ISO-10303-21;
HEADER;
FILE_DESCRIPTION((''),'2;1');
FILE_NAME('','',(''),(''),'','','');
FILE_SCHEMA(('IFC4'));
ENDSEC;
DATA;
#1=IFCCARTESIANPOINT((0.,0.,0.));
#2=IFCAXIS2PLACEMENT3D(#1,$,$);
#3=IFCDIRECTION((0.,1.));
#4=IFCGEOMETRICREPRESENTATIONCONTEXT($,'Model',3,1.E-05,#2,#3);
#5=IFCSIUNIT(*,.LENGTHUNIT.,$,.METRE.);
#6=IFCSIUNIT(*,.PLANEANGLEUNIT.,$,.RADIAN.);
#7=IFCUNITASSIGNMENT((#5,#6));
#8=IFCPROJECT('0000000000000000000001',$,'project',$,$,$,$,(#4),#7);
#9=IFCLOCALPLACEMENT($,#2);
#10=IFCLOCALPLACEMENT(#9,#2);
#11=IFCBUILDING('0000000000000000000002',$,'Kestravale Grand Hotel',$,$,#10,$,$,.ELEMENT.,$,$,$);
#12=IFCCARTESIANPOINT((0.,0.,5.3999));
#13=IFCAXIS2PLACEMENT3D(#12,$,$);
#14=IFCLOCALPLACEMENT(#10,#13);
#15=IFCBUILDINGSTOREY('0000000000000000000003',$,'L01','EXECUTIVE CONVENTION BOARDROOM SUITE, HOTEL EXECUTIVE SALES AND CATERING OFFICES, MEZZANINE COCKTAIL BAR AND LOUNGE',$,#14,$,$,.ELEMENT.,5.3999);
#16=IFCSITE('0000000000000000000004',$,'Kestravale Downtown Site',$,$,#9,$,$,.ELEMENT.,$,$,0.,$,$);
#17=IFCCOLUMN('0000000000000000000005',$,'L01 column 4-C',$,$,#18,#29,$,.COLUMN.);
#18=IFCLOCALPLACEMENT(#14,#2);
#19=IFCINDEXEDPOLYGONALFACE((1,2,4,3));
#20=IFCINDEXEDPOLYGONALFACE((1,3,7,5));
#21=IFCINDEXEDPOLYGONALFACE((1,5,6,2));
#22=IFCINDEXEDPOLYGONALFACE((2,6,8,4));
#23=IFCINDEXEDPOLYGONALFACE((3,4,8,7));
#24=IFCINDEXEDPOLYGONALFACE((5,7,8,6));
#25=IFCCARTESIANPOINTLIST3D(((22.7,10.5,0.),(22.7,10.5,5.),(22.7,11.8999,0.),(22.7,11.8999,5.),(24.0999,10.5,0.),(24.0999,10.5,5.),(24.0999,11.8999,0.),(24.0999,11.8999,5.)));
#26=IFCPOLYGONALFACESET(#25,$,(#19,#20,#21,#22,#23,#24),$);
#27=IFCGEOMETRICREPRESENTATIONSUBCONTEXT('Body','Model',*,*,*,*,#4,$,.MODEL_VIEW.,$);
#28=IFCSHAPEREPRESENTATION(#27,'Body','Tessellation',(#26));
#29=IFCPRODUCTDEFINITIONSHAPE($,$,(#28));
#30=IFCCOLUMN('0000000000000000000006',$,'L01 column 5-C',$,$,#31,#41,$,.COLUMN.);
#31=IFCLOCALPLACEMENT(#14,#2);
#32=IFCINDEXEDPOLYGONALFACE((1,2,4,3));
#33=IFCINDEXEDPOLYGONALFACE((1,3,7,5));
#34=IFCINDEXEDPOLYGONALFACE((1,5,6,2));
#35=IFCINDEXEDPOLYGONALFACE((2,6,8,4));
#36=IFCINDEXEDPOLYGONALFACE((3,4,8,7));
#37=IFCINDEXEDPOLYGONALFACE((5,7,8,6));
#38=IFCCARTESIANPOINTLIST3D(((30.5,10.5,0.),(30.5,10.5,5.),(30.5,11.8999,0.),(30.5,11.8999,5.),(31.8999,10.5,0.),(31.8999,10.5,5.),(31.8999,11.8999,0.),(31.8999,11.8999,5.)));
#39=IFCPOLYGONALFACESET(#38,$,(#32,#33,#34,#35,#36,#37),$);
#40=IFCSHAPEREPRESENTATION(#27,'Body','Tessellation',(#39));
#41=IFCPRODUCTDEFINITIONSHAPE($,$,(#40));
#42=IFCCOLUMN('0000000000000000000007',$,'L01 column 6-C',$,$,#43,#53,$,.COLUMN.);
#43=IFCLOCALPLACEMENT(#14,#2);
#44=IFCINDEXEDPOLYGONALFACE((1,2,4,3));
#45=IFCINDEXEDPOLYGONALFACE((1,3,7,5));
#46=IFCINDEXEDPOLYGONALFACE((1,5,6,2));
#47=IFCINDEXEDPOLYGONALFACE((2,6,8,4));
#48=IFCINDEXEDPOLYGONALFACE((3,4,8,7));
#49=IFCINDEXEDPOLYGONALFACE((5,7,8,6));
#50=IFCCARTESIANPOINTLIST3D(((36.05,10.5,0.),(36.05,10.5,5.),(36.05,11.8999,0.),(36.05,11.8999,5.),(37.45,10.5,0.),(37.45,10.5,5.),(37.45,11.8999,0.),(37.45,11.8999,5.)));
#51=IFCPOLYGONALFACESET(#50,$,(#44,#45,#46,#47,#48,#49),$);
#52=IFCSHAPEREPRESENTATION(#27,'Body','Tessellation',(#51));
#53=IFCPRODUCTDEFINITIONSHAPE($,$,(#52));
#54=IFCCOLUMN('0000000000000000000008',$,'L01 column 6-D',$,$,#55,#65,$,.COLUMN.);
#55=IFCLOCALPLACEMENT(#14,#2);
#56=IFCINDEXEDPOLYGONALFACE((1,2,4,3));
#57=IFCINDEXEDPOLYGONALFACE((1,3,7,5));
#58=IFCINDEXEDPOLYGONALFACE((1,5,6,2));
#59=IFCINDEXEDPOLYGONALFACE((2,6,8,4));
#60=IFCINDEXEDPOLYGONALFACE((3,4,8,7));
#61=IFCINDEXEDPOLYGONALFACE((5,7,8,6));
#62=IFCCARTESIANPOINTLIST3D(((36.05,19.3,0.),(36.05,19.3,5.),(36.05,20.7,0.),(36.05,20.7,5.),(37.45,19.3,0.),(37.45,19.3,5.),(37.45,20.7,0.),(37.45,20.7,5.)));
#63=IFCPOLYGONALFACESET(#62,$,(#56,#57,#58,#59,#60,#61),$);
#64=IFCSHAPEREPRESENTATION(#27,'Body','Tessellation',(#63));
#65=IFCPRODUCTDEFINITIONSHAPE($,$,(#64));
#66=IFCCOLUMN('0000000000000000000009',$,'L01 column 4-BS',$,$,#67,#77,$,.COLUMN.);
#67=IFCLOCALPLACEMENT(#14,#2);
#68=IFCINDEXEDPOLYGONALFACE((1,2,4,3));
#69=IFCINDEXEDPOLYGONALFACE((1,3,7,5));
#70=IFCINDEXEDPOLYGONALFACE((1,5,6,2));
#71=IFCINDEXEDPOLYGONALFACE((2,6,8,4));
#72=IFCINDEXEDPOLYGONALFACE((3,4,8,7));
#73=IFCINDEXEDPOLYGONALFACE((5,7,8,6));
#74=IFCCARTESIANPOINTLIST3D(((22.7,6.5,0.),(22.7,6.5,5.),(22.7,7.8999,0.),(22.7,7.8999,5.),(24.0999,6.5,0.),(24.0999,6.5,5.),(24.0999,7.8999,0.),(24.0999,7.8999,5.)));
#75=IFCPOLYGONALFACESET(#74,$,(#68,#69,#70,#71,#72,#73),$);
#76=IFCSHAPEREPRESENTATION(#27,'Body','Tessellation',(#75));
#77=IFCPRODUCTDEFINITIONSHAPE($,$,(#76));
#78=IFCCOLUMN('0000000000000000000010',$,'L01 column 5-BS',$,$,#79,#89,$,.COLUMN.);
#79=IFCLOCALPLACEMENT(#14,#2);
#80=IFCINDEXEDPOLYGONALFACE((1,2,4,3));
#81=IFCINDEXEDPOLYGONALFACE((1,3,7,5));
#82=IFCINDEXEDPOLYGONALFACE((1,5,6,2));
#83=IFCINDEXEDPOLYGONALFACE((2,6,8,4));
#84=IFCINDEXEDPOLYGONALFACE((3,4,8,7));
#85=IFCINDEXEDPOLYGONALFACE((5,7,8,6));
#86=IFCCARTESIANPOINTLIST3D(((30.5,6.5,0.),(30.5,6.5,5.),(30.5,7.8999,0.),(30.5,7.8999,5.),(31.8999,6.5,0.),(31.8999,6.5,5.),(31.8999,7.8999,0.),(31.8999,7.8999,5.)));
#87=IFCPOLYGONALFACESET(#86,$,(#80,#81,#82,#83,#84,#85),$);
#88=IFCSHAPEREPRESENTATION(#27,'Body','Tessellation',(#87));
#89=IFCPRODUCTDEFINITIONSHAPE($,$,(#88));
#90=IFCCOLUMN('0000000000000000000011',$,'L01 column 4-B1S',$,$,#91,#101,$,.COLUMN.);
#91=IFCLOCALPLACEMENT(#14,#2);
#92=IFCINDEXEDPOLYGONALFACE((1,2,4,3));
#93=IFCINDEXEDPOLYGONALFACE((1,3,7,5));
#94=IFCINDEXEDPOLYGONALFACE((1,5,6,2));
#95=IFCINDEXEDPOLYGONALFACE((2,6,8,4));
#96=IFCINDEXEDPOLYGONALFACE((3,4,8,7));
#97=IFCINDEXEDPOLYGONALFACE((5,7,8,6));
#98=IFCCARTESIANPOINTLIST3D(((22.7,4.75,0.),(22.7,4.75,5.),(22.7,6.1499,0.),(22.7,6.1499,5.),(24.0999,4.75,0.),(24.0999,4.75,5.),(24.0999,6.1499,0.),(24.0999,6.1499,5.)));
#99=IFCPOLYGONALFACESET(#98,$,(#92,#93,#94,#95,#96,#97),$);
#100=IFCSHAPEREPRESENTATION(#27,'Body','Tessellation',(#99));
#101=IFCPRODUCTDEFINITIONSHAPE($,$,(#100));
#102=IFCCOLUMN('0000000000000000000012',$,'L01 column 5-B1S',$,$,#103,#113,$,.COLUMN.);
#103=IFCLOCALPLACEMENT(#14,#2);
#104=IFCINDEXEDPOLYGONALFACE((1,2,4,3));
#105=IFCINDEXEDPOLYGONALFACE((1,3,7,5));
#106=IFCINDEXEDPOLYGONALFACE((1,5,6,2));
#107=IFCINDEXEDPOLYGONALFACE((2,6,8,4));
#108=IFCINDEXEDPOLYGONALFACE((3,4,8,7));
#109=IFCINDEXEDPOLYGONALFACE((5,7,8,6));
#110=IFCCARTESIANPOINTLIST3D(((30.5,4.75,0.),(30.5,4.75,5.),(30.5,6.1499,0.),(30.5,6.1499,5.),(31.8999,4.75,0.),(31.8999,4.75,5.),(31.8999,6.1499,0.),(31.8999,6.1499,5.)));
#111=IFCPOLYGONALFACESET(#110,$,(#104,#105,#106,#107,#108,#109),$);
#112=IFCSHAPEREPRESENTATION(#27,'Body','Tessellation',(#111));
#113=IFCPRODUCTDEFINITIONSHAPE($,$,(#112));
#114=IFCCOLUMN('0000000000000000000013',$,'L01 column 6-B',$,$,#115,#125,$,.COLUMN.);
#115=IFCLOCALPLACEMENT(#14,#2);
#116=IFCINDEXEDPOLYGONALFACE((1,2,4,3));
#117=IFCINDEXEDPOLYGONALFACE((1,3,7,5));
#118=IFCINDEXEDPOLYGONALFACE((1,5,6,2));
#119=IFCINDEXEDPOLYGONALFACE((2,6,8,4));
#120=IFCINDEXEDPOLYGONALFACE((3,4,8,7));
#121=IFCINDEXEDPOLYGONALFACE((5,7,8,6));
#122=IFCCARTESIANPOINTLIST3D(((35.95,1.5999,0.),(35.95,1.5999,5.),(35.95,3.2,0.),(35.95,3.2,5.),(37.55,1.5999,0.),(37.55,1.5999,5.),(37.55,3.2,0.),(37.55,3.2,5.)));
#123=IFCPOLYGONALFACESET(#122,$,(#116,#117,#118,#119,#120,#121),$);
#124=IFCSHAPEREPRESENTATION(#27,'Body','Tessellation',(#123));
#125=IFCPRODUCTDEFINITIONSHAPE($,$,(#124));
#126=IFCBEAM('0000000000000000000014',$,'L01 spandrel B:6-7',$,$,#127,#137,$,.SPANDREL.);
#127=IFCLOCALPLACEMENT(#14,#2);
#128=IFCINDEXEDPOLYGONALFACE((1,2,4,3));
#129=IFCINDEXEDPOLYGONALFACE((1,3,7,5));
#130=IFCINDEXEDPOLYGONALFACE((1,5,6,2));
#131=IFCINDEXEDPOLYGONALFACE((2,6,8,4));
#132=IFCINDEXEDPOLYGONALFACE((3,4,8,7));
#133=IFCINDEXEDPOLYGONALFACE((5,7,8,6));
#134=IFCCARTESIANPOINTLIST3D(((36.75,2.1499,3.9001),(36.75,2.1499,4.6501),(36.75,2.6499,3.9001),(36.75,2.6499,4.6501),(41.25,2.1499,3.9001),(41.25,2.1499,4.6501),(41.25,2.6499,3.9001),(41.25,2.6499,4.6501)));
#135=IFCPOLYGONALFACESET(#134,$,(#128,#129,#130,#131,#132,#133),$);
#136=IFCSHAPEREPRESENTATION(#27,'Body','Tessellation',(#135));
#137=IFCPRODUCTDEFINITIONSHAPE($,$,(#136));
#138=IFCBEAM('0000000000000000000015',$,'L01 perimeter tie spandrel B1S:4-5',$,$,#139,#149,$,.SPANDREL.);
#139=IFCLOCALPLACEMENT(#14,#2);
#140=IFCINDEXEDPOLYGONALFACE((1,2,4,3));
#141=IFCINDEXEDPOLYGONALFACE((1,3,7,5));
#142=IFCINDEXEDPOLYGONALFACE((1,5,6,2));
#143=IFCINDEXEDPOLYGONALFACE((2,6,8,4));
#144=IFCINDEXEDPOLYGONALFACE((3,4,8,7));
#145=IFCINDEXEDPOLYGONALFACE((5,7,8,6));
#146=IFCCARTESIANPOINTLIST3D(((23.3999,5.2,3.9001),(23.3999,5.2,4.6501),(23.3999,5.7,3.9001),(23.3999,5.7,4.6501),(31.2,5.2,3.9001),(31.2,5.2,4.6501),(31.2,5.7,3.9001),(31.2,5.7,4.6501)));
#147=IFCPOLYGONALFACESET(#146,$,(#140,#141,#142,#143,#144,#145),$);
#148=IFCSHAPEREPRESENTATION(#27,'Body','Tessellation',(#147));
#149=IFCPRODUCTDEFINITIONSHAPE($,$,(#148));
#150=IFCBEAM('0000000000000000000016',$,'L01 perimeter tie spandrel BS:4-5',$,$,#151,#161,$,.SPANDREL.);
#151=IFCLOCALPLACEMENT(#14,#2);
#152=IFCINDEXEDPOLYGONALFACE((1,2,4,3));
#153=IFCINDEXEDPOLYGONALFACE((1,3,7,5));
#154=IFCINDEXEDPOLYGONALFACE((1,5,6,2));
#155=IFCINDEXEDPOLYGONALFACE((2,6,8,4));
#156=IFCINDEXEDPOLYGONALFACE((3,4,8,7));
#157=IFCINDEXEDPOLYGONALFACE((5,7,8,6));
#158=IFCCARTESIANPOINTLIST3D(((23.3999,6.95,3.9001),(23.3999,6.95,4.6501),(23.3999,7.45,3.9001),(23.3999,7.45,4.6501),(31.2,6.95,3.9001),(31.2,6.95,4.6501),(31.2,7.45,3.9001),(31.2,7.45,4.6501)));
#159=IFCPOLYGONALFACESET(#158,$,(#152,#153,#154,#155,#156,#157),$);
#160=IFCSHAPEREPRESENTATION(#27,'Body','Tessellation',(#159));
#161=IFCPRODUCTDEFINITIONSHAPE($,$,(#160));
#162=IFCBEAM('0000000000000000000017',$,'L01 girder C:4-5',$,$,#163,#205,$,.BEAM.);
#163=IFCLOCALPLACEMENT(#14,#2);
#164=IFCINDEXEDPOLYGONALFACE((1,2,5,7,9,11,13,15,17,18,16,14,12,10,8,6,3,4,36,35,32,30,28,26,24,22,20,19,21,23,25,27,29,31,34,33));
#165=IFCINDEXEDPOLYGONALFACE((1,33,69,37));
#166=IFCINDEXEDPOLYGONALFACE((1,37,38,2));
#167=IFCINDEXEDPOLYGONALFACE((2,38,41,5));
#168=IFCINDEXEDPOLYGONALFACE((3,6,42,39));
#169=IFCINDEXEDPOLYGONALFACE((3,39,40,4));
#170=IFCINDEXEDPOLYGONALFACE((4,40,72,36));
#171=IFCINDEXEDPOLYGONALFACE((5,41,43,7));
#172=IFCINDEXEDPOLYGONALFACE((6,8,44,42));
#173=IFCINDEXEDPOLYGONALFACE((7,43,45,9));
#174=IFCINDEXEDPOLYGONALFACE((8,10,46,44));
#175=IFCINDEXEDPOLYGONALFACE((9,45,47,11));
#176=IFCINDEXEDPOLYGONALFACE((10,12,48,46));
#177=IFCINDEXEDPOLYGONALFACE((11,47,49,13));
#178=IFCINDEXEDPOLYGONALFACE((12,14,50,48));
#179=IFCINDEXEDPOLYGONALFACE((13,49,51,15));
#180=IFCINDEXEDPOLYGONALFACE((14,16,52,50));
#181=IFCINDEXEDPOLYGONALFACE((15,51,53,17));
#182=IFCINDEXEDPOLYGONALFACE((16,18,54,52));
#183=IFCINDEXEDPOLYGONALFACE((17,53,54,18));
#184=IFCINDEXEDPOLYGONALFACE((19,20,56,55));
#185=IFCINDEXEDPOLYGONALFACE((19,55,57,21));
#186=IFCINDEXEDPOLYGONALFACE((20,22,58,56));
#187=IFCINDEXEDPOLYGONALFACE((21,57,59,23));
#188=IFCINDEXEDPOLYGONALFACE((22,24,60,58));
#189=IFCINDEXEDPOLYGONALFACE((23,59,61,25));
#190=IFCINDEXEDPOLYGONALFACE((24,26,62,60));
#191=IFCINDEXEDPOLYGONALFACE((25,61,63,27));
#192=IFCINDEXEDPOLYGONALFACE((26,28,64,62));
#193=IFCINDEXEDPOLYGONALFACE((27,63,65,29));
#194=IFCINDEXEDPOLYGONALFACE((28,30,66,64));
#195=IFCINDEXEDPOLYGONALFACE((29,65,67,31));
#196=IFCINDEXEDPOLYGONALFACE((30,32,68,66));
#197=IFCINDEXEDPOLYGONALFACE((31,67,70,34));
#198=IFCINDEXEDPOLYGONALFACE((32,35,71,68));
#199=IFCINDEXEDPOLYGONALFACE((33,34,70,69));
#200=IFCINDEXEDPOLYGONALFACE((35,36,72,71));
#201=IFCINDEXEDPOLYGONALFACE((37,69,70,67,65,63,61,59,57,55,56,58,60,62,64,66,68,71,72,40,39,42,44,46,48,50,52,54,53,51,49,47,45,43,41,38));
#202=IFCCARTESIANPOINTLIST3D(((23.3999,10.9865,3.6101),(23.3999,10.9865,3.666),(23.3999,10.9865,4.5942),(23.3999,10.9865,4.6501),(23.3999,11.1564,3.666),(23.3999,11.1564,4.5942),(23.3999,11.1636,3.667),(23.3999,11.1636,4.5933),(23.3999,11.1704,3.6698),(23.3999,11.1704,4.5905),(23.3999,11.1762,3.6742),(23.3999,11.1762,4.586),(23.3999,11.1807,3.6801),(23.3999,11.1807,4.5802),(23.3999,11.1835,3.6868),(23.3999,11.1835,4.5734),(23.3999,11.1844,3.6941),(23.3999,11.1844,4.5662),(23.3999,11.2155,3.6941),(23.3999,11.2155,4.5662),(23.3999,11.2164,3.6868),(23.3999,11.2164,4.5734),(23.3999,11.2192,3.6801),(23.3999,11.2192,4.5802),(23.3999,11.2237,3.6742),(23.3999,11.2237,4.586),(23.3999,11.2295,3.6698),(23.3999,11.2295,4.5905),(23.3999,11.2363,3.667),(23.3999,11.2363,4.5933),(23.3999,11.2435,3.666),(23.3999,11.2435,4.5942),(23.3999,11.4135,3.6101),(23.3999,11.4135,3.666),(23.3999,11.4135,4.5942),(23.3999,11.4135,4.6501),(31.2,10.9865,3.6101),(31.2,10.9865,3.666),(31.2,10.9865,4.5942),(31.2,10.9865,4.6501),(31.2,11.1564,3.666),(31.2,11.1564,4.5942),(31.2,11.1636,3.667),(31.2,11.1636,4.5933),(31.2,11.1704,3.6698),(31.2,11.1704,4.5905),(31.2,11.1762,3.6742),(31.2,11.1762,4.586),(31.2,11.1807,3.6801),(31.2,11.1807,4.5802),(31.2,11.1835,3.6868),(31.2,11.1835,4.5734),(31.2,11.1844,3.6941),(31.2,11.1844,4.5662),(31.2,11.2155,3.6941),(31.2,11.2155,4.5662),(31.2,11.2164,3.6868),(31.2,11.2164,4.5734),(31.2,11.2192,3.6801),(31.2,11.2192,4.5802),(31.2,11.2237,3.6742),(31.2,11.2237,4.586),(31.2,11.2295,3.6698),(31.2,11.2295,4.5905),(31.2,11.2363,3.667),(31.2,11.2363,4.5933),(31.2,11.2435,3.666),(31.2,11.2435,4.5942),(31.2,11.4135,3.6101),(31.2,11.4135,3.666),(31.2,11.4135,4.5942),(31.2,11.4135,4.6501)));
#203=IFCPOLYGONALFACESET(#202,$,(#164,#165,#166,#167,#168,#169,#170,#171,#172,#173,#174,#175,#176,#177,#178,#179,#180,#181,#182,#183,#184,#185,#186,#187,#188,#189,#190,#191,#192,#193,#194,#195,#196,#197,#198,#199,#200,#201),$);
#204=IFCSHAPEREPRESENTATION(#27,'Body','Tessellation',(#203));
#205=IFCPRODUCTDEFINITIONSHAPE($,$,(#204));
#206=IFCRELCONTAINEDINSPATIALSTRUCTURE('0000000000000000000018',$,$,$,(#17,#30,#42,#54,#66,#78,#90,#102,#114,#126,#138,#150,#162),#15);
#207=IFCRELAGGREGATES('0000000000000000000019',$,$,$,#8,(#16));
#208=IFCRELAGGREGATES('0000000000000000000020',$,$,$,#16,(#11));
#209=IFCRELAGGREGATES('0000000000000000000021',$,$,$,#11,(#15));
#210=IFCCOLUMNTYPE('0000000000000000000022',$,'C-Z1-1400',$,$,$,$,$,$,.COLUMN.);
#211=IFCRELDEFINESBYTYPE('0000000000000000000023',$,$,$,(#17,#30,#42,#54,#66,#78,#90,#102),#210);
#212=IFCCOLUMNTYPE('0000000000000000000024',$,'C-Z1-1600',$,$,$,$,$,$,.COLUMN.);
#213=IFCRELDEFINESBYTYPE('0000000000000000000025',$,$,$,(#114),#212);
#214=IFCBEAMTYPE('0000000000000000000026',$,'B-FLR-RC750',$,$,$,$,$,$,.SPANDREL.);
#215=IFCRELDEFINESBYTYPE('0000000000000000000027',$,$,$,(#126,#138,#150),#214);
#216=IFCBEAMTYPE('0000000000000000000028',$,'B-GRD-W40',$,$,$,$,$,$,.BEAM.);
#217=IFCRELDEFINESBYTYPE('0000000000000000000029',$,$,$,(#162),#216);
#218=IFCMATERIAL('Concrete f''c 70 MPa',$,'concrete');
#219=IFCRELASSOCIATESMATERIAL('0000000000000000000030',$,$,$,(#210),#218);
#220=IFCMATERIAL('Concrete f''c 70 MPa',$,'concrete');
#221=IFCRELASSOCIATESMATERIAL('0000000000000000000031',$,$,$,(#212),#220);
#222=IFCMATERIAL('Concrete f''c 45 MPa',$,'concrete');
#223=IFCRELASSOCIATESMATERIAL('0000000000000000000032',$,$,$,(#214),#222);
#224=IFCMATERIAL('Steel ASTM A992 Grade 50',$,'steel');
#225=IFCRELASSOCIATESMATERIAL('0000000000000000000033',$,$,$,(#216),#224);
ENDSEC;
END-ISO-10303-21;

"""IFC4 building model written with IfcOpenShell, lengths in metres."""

from ifc_helpers import new_model, si_unit, direction, frame, origin, origin_2d, place, context, subcontext, project, spatial, rectangle, i_section, extrude, material, material_profile, profile_set, type_object, element, save


model = new_model("IFC4")

# Units and contexts
model_context = context("Model", 3, precision=1e-05, world=origin(), true_north=direction((0.0, 1.0)))
body_context = subcontext(model_context, "Body", "Model", "MODEL_VIEW")
ifc_project = project(units=[si_unit("LENGTHUNIT", "METRE"), si_unit("PLANEANGLEUNIT", "RADIAN")], contexts=[model_context])

# Site, building, storey
site_placement = place(None, origin())
site = spatial("IfcSite", under=ifc_project, at=site_placement, Name="Kestravale Downtown Site", CompositionType="ELEMENT", RefElevation=0.0)
building_placement = place(site_placement, origin())
building = spatial("IfcBuilding", under=site, at=building_placement, Name="Kestravale Grand Hotel", CompositionType="ELEMENT")
storey_placement = place(building_placement, frame((0.0, 0.0, 5.3999)))
storey = spatial("IfcBuildingStorey", under=building, at=storey_placement, Name="L01", Description="EXECUTIVE CONVENTION BOARDROOM SUITE, HOTEL EXECUTIVE SALES AND CATERING OFFICES, MEZZANINE COCKTAIL BAR AND LOUNGE", CompositionType="ELEMENT", Elevation=5.3999)

# Columns
ifc_material_1 = material(Name="Concrete f'c 70 MPa", Category="concrete")
ifc_material_profile_1 = material_profile(ifc_material_1, rectangle(XDim=1.3999, YDim=1.3999, at=origin_2d()))
ifc_profile_set_1 = profile_set([ifc_material_profile_1], Name="Concrete f'c 70 MPa")
column_type_1 = type_object("IfcColumnType", Name="C-Z1-1400", PredefinedType="COLUMN", material=ifc_profile_set_1)
for number, where, z_axis, x_axis, name in (
    (1, (23.3999, 11.2, 0.0), (0.0, 0.0, 1.0), (1.0, 0.0, 0.0), "L01 column 4-C"),
    (2, (31.2, 11.2, 0.0), (0.0, 0.0, 1.0), (1.0, 0.0, 0.0), "L01 column 5-C"),
    (3, (36.75, 11.2, 0.0), (0.0, 0.0, 1.0), (1.0, 0.0, 0.0), "L01 column 6-C"),
    (4, (36.75, 20.0, 0.0), (0.0, 0.0, 1.0), (1.0, 0.0, 0.0), "L01 column 6-D"),
    (5, (23.3999, 7.2, 0.0), (0.0, 0.0, 1.0), (1.0, 0.0, 0.0), "L01 column 4-BS"),
    (6, (31.2, 7.2, 0.0), (0.0, 0.0, 1.0), (1.0, 0.0, 0.0), "L01 column 5-BS"),
    (7, (23.3999, 5.45, 0.0), (0.0, 0.0, 1.0), (1.0, 0.0, 0.0), "L01 column 4-B1S"),
    (8, (31.2, 5.45, 0.0), (0.0, 0.0, 1.0), (1.0, 0.0, 0.0), "L01 column 5-B1S"),
):
    element("IfcColumn", number, at=place(storey_placement, frame(where, z_axis=z_axis, x_axis=x_axis)), inside=storey, type_object=column_type_1, Name=name, PredefinedType="COLUMN", context=body_context, shape_type="SweptSolid", body=[
        extrude(rectangle(XDim=1.3999, YDim=1.3999, at=origin_2d()), origin(), (0.0, 0.0, 1.0), 5.0),
    ])
ifc_material_2 = material(Name="Concrete f'c 70 MPa", Category="concrete")
ifc_material_profile_2 = material_profile(ifc_material_2, rectangle(XDim=1.6001, YDim=1.6001, at=origin_2d()))
ifc_profile_set_2 = profile_set([ifc_material_profile_2], Name="Concrete f'c 70 MPa")
column_type_2 = type_object("IfcColumnType", Name="C-Z1-1600", PredefinedType="COLUMN", material=ifc_profile_set_2)
column_placement = place(storey_placement, frame((36.75, 2.3999, 0.0), z_axis=(0.0, 0.0, 1.0), x_axis=(1.0, 0.0, 0.0)))
element("IfcColumn", 9, at=column_placement, inside=storey, type_object=column_type_2, Name="L01 column 6-B", PredefinedType="COLUMN", context=body_context, shape_type="SweptSolid", body=[
    extrude(rectangle(XDim=1.6001, YDim=1.6001, at=origin_2d()), origin(), (0.0, 0.0, 1.0), 5.0),
])

# Beams
ifc_material_3 = material(Name="Concrete f'c 45 MPa", Category="concrete")
ifc_material_profile_3 = material_profile(ifc_material_3, rectangle(XDim=0.5, YDim=0.75, at=origin_2d()))
ifc_profile_set_3 = profile_set([ifc_material_profile_3], Name="Concrete f'c 45 MPa")
beam_type_1 = type_object("IfcBeamType", Name="B-FLR-RC750", PredefinedType="SPANDREL", material=ifc_profile_set_3)
beam_1_placement = place(storey_placement, frame((36.75, 2.3999, 4.2751), z_axis=(1.0, 0.0, 0.0), x_axis=(0.0, 1.0, 0.0)))
element("IfcBeam", 10, at=beam_1_placement, inside=storey, type_object=beam_type_1, Name="L01 spandrel B:6-7", PredefinedType="SPANDREL", context=body_context, shape_type="SweptSolid", body=[
    extrude(rectangle(XDim=0.5, YDim=0.75, at=origin_2d()), origin(), (0.0, 0.0, 1.0), 4.5),
])
for number, where, z_axis, x_axis, name in (
    (11, (23.3999, 5.45, 4.2751), (1.0, 0.0, 0.0), (0.0, 1.0, 0.0), "L01 perimeter tie spandrel B1S:4-5"),
    (12, (23.3999, 7.2, 4.2751), (1.0, 0.0, 0.0), (0.0, 1.0, 0.0), "L01 perimeter tie spandrel BS:4-5"),
):
    element("IfcBeam", number, at=place(storey_placement, frame(where, z_axis=z_axis, x_axis=x_axis)), inside=storey, type_object=beam_type_1, Name=name, PredefinedType="SPANDREL", context=body_context, shape_type="SweptSolid", body=[
        extrude(rectangle(XDim=0.5, YDim=0.75, at=origin_2d()), origin(), (0.0, 0.0, 1.0), 7.8),
    ])
ifc_material_4 = material(Name="Steel ASTM A992 Grade 50", Category="steel")
ifc_material_profile_4 = material_profile(ifc_material_4, i_section(OverallWidth=0.427, OverallDepth=1.04, WebThickness=0.031, FlangeThickness=0.0559, FilletRadius=0.0281, at=origin_2d()))
ifc_profile_set_4 = profile_set([ifc_material_profile_4], Name="Steel ASTM A992 Grade 50")
beam_type_2 = type_object("IfcBeamType", Name="B-GRD-W40", PredefinedType="BEAM", material=ifc_profile_set_4)
beam_2_placement = place(storey_placement, frame((23.3999, 11.2, 4.1301), z_axis=(1.0, 0.0, 0.0), x_axis=(0.0, 1.0, 0.0)))
element("IfcBeam", 13, at=beam_2_placement, inside=storey, type_object=beam_type_2, Name="L01 girder C:4-5", PredefinedType="BEAM", context=body_context, shape_type="SweptSolid", body=[
    extrude(i_section(OverallWidth=0.427, OverallDepth=1.04, WebThickness=0.031, FlangeThickness=0.0559, FilletRadius=0.0281, at=origin_2d()), origin(), (0.0, 0.0, 1.0), 7.8),
])

save(model, "model.ifc")
